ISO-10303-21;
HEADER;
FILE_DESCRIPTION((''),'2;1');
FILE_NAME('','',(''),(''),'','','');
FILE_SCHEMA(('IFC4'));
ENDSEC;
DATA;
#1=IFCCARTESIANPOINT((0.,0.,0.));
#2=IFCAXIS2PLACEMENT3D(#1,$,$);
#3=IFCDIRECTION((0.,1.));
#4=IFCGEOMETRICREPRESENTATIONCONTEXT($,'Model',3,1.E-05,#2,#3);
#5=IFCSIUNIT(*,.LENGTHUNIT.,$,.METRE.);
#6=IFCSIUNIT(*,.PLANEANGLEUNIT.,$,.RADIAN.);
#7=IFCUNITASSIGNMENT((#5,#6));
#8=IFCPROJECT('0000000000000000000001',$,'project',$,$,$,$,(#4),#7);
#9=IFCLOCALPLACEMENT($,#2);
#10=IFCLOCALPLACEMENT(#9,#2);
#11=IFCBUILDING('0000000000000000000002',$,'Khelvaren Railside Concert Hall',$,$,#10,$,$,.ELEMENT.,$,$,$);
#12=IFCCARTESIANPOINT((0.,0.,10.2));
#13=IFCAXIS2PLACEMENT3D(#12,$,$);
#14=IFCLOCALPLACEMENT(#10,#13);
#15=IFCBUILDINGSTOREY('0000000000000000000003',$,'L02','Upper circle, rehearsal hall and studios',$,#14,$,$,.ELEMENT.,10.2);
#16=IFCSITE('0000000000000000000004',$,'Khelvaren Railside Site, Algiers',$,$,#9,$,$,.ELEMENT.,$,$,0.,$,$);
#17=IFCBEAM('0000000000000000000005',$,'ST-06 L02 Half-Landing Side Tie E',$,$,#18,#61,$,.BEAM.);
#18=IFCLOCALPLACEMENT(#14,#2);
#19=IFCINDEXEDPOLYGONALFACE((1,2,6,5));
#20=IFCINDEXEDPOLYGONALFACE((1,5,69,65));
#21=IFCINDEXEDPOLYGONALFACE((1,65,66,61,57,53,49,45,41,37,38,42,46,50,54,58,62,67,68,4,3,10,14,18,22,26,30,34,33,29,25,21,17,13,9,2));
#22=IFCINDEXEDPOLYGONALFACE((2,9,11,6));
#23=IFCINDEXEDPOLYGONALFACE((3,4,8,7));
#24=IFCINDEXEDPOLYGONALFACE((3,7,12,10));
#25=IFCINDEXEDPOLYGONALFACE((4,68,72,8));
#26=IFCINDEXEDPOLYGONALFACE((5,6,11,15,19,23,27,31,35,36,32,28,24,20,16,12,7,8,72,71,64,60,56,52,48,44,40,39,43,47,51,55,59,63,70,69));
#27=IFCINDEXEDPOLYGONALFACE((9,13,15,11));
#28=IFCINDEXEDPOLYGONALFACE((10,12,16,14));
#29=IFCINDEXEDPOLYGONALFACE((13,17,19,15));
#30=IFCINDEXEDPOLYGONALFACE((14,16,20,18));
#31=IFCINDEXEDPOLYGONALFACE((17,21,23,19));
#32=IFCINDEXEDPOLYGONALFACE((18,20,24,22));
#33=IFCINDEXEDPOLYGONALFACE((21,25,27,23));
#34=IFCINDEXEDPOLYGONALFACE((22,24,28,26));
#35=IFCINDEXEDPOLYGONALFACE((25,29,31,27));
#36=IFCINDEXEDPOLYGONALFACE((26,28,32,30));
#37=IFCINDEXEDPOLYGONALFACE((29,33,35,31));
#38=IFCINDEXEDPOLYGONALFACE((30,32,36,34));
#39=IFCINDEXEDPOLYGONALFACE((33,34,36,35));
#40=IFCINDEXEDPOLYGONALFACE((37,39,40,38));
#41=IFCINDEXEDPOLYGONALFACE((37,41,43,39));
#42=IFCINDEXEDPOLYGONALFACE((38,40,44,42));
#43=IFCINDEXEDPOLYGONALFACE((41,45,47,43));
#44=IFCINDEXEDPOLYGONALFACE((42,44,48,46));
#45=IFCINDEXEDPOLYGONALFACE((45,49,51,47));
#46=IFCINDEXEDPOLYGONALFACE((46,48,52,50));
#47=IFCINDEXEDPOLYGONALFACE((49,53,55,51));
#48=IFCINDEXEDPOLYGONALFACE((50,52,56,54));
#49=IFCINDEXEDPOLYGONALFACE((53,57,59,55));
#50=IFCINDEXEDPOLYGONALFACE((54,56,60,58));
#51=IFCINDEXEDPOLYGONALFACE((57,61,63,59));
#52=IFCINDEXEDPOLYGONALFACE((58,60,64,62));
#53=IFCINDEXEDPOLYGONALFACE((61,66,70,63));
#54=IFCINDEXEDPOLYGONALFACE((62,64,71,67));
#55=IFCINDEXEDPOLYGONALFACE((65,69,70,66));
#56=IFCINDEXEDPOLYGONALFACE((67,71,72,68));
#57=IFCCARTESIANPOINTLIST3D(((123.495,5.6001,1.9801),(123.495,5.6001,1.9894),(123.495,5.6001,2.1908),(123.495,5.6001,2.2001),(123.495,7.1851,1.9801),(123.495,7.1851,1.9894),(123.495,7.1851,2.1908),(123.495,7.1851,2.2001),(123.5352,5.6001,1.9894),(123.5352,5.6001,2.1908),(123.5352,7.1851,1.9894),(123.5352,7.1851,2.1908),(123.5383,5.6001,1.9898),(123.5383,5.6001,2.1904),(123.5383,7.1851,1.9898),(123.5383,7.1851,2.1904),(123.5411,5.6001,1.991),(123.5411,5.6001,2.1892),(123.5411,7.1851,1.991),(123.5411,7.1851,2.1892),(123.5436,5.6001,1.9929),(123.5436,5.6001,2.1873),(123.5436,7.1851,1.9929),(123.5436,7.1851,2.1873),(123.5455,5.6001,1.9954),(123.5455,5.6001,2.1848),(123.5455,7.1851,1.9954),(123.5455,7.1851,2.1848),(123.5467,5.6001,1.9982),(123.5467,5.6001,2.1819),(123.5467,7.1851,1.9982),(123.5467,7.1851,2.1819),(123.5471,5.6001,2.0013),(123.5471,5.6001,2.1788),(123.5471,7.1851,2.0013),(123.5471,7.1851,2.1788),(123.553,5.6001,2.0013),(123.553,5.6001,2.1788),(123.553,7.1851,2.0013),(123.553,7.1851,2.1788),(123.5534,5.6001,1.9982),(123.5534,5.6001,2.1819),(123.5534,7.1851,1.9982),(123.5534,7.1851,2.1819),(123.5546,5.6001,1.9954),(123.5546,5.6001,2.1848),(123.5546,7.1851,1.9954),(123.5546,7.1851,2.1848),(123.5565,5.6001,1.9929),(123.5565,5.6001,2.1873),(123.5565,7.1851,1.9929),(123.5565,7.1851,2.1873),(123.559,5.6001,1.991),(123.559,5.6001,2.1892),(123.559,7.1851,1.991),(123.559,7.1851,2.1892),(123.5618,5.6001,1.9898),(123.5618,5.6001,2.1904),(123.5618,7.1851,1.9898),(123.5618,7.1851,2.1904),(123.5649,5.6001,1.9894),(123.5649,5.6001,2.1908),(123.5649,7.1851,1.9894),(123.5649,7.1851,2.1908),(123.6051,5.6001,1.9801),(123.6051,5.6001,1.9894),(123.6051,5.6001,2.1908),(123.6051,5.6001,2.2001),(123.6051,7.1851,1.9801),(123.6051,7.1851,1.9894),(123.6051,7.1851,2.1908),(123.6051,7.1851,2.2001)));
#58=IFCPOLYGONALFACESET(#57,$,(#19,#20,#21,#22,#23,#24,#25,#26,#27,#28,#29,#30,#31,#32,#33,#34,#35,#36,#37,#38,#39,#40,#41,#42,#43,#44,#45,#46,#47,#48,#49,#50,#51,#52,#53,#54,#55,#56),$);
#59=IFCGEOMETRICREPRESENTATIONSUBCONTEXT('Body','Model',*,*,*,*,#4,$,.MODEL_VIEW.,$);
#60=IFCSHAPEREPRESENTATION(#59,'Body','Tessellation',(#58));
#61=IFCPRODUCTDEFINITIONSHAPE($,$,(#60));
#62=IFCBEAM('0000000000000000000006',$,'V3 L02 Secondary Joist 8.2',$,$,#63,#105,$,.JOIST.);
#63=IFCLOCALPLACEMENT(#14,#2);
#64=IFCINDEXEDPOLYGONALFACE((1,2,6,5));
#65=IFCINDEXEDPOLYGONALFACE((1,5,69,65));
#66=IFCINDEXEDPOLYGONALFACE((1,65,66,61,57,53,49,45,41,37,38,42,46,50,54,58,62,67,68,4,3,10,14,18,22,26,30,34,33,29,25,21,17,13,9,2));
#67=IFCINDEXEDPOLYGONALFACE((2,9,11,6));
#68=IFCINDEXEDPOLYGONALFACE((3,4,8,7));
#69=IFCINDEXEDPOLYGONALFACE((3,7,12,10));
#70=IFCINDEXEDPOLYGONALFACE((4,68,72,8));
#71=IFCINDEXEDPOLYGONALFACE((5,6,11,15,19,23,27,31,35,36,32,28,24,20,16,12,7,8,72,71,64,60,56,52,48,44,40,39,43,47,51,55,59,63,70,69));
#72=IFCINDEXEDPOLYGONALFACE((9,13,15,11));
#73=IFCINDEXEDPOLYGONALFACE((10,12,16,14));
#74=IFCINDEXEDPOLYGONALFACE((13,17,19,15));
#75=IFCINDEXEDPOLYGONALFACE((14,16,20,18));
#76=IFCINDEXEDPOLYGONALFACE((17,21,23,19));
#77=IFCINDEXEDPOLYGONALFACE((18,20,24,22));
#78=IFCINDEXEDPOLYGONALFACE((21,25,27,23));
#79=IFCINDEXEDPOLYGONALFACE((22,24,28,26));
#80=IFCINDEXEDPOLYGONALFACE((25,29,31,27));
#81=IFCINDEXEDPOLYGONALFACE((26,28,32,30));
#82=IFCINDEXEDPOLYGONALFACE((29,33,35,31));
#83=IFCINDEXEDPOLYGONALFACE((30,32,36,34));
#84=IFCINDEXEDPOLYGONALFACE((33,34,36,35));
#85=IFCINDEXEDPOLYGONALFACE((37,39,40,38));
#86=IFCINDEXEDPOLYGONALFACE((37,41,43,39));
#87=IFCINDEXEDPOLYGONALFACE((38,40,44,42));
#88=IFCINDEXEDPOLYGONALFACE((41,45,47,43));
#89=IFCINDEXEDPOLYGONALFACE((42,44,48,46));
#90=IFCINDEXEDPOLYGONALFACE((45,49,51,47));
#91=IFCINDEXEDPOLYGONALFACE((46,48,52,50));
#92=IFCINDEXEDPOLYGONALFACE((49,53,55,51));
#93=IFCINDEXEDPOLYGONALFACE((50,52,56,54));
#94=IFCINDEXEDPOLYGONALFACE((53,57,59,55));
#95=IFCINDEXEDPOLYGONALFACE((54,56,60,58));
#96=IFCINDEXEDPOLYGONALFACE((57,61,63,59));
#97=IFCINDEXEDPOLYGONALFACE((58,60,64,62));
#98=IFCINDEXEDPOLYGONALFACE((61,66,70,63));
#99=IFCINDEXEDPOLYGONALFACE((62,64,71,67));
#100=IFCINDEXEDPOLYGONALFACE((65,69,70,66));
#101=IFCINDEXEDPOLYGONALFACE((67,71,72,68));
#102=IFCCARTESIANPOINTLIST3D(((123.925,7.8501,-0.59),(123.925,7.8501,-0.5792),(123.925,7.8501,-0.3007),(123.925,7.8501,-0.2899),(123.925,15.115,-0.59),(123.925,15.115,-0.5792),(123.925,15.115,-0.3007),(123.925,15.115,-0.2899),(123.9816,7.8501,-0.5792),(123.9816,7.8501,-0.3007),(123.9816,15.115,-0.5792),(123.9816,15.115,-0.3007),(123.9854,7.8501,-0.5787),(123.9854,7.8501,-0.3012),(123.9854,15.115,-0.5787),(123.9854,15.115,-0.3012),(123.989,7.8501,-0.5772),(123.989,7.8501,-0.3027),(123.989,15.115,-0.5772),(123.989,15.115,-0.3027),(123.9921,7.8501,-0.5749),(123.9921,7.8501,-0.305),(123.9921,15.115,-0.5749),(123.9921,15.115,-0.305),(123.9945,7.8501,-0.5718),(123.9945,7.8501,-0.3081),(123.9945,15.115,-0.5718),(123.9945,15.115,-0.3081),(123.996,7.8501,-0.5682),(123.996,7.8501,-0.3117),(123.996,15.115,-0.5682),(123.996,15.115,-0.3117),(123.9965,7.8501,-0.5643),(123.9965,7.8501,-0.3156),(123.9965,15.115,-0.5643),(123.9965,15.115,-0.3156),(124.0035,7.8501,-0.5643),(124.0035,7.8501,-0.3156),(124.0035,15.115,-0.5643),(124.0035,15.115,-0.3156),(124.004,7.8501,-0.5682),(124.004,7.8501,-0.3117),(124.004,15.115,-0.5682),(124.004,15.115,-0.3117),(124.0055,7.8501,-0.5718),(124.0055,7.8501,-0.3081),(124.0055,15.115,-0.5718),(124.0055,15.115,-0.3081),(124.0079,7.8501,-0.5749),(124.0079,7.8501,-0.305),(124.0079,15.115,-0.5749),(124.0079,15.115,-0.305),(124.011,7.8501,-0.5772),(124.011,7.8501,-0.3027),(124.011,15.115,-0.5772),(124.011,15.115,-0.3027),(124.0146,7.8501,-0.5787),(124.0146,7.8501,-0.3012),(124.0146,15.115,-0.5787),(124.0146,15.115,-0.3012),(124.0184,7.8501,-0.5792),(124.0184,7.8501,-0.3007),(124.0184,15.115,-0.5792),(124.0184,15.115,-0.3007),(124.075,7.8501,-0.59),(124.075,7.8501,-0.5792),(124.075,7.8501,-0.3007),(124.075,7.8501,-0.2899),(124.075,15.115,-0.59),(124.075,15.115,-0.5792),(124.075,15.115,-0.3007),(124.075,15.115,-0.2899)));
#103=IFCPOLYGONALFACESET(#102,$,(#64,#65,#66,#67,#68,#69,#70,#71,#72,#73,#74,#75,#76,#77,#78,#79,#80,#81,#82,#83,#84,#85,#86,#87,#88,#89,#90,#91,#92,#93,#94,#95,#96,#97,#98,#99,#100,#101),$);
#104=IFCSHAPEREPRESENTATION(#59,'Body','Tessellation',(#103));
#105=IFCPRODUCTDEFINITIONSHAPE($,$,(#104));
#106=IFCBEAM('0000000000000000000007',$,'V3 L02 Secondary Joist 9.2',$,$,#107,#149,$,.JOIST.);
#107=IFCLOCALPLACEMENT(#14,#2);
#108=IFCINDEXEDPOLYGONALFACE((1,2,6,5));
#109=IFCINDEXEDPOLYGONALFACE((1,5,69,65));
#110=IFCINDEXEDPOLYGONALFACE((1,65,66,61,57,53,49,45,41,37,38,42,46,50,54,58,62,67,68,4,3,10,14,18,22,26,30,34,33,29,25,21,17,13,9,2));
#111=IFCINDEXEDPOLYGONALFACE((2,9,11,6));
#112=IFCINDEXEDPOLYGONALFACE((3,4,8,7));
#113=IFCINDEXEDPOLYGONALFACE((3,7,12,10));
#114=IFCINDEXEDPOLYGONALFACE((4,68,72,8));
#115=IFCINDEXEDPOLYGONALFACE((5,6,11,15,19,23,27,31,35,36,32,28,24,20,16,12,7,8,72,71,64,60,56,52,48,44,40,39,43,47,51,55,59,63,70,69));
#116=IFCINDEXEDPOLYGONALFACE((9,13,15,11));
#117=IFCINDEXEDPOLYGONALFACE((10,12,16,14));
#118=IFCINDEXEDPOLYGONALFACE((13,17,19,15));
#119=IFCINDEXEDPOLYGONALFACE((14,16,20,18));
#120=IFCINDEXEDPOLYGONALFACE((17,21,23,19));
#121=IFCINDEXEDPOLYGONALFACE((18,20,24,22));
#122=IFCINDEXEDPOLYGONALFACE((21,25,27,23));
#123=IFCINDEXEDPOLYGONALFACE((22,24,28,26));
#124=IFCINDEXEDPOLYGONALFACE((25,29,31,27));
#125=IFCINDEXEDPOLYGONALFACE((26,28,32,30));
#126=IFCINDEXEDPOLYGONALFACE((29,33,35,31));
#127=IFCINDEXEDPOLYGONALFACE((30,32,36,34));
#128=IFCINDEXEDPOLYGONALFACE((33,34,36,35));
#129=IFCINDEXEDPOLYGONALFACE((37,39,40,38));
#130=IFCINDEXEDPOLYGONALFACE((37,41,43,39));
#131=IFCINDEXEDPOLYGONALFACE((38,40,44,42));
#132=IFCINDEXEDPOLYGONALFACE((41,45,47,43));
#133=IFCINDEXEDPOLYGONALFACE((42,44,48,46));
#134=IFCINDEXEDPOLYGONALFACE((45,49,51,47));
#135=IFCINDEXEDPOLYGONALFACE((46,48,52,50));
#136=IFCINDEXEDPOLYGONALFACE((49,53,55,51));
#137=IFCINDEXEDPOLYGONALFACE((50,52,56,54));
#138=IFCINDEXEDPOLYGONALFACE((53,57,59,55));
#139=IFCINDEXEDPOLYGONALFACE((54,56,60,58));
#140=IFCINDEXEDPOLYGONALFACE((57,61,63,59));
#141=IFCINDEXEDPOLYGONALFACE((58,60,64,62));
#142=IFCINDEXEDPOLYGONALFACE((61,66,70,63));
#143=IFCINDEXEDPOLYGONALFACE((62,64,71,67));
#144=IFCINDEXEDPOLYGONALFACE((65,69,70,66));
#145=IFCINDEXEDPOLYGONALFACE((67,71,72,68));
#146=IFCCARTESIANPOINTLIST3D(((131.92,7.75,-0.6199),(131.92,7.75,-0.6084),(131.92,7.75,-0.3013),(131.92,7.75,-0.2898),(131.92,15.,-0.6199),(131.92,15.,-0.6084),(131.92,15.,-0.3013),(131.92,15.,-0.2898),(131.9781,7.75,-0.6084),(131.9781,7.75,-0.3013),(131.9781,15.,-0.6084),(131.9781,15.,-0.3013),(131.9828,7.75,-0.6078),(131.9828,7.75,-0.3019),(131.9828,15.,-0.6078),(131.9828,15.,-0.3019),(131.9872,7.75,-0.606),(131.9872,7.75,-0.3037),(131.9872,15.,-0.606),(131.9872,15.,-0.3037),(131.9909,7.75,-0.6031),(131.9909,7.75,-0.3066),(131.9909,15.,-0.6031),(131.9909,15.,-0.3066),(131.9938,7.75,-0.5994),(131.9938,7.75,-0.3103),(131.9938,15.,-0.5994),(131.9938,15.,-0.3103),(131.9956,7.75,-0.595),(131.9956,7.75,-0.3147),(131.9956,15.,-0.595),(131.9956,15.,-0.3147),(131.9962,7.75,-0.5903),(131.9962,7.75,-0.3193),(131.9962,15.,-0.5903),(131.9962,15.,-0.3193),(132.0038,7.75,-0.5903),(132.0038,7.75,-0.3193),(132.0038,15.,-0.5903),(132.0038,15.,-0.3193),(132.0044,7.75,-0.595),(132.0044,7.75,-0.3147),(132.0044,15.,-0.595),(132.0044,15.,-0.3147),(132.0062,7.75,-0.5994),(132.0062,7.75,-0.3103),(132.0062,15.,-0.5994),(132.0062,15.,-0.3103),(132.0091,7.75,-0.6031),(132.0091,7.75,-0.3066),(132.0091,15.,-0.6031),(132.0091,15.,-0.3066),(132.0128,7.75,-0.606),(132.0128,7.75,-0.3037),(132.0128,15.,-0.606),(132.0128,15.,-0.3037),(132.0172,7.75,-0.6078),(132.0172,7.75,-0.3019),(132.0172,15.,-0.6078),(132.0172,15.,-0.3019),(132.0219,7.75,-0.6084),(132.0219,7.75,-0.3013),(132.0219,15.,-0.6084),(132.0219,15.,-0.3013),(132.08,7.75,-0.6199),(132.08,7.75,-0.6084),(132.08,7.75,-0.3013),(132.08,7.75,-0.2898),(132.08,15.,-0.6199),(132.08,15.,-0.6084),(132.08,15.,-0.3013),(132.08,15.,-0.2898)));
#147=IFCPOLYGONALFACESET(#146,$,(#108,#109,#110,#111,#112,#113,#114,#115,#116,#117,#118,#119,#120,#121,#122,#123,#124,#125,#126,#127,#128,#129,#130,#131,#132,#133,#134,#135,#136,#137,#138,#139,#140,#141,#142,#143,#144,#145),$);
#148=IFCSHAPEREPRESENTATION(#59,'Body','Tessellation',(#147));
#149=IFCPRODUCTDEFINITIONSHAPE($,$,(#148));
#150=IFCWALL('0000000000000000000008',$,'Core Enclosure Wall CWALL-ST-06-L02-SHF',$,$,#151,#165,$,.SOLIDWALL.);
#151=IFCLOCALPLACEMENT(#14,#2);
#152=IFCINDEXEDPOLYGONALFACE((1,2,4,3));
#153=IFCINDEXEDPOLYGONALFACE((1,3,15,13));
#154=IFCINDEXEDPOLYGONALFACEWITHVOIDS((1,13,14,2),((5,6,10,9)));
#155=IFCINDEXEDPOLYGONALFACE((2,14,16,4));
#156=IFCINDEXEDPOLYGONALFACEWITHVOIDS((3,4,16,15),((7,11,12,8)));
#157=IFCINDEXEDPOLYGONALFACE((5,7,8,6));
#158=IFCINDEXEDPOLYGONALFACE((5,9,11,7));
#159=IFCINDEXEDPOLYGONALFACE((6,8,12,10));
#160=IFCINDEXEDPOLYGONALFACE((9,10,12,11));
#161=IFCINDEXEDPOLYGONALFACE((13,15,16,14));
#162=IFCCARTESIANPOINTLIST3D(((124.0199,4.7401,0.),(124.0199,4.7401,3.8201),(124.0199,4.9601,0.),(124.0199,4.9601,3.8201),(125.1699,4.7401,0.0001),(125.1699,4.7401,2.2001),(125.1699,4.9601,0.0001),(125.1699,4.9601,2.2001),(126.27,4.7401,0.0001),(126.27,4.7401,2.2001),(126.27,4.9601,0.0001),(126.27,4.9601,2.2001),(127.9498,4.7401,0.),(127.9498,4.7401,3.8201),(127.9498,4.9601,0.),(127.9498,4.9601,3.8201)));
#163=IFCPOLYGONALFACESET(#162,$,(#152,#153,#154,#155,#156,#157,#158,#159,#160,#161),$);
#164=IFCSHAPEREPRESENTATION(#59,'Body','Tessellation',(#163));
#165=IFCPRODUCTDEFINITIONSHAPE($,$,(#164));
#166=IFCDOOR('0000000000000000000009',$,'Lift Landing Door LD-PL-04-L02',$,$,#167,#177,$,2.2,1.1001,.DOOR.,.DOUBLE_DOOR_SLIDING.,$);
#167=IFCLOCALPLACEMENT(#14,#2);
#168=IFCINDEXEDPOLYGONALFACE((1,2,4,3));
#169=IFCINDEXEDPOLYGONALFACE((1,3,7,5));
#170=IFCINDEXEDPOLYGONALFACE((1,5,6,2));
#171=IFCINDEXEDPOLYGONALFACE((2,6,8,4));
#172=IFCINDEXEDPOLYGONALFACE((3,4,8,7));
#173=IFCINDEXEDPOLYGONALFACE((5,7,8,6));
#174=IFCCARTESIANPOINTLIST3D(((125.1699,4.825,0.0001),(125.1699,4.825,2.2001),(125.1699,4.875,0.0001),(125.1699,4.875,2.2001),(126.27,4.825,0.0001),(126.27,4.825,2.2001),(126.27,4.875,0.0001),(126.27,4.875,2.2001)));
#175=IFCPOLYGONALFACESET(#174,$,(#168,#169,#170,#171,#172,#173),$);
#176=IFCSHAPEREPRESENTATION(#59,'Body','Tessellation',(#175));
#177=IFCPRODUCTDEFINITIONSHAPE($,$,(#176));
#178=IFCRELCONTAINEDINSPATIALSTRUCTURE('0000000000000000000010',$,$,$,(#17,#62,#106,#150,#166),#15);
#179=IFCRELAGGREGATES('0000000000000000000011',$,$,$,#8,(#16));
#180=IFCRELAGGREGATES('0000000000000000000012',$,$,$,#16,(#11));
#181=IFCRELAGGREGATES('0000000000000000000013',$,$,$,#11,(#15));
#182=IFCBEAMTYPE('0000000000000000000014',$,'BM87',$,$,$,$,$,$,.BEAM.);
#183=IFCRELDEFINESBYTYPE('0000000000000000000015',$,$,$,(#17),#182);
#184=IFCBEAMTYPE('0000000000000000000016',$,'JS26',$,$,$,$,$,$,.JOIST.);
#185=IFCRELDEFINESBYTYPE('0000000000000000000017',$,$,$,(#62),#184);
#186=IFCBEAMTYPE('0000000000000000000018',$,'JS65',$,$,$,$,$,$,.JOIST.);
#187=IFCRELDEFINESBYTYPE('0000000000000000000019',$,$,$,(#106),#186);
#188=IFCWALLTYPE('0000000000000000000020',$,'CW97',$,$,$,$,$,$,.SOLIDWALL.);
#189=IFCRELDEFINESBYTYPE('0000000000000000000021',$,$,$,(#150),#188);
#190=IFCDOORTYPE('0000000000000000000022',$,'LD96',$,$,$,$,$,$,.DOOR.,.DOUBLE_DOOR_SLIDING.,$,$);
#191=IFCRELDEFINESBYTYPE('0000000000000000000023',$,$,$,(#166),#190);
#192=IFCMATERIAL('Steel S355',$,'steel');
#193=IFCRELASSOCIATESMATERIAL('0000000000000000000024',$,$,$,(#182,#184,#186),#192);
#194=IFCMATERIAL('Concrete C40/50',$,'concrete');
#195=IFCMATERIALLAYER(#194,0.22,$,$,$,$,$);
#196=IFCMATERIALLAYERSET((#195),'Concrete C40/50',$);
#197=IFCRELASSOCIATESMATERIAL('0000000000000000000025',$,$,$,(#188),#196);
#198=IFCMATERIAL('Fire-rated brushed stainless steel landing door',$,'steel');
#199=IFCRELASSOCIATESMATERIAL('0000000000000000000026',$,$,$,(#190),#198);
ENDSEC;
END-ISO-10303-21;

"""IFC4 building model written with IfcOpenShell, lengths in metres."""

from ifc_helpers import new_model, si_unit, direction, frame, frame_2d, origin, origin_2d, place, context, subcontext, project, spatial, rectangle, i_section, extrude, material, layer, layer_set, material_profile, profile_set, type_object, element, fill, save


model = new_model("IFC4")

# Units and contexts
model_context = context("Model", 3, precision=1e-05, world=origin(), true_north=direction((0.0, 1.0)))
body_context = subcontext(model_context, "Body", "Model", "MODEL_VIEW")
ifc_project = project(units=[si_unit("LENGTHUNIT", "METRE"), si_unit("PLANEANGLEUNIT", "RADIAN")], contexts=[model_context])

# Site, building, storey
site_placement = place(None, origin())
site = spatial("IfcSite", under=ifc_project, at=site_placement, Name="Khelvaren Railside Site, Algiers", CompositionType="ELEMENT", RefElevation=0.0)
building_placement = place(site_placement, origin())
building = spatial("IfcBuilding", under=site, at=building_placement, Name="Khelvaren Railside Concert Hall", CompositionType="ELEMENT")
storey_placement = place(building_placement, frame((0.0, 0.0, 10.2)))
storey = spatial("IfcBuildingStorey", under=building, at=storey_placement, Name="L02", Description="Upper circle, rehearsal hall and studios", CompositionType="ELEMENT", Elevation=10.2)

# Beams
ifc_material_1 = material(Name="Concrete C40/50", Category="concrete")
ifc_material_2 = material(Name="Steel S355", Category="steel")
ifc_material_profile_1 = material_profile(ifc_material_2, i_section(OverallWidth=0.1101, OverallDepth=0.22, WebThickness=0.0059, FlangeThickness=0.0093, FilletRadius=0.012, at=origin_2d()), Name="IPE 220")
ifc_profile_set_1 = profile_set([ifc_material_profile_1], Name="Steel S355")
beam_type_1 = type_object("IfcBeamType", Name="BM87", PredefinedType="BEAM", material=ifc_profile_set_1)
for number, where, z_axis, x_axis, name in (
    (1, (123.55, 5.6001, 2.0901), (0.0, 1.0, 0.0), (-1.0, 0.0, 0.0), "ST-06 L02 Half-Landing Side Tie E"),
):
    element("IfcBeam", number, at=place(storey_placement, frame(where, z_axis=z_axis, x_axis=x_axis)), inside=storey, type_object=beam_type_1, Name=name, PredefinedType="BEAM", context=body_context, shape_type="SweptSolid", body=[
        extrude(i_section(OverallWidth=0.1101, OverallDepth=0.22, WebThickness=0.0059, FlangeThickness=0.0093, FilletRadius=0.012, at=origin_2d()), origin(), (0.0, 0.0, 1.0), 1.585),
    ])
ifc_material_profile_2 = material_profile(ifc_material_2, i_section(OverallWidth=0.1499, OverallDepth=0.3, WebThickness=0.0071, FlangeThickness=0.0107, FilletRadius=0.0149, at=origin_2d()), Name="IPE 300")
ifc_profile_set_2 = profile_set([ifc_material_profile_2], Name="Steel S355")
beam_type_2 = type_object("IfcBeamType", Name="JS26", PredefinedType="JOIST", material=ifc_profile_set_2)
beam_1_placement = place(storey_placement, frame((124.0, 7.8501, -0.4399), z_axis=(0.0, 1.0, 0.0), x_axis=(-1.0, 0.0, 0.0)))
element("IfcBeam", 2, at=beam_1_placement, inside=storey, type_object=beam_type_2, Name="V3 L02 Secondary Joist 8.2", PredefinedType="JOIST", context=body_context, shape_type="SweptSolid", body=[
    extrude(i_section(OverallWidth=0.1499, OverallDepth=0.3, WebThickness=0.0071, FlangeThickness=0.0107, FilletRadius=0.0149, at=origin_2d()), origin(), (0.0, 0.0, 1.0), 7.2649),
])
ifc_material_profile_3 = material_profile(ifc_material_2, i_section(OverallWidth=0.1599, OverallDepth=0.3301, WebThickness=0.0076, FlangeThickness=0.0115, FilletRadius=0.0181, at=origin_2d()), Name="IPE 330")
ifc_profile_set_3 = profile_set([ifc_material_profile_3], Name="Steel S355")
beam_type_3 = type_object("IfcBeamType", Name="JS65", PredefinedType="JOIST", material=ifc_profile_set_3)
beam_2_placement = place(storey_placement, frame((132.0, 7.75, -0.4548), z_axis=(0.0, 1.0, 0.0), x_axis=(-1.0, 0.0, 0.0)))
element("IfcBeam", 3, at=beam_2_placement, inside=storey, type_object=beam_type_3, Name="V3 L02 Secondary Joist 9.2", PredefinedType="JOIST", context=body_context, shape_type="SweptSolid", body=[
    extrude(i_section(OverallWidth=0.1599, OverallDepth=0.3301, WebThickness=0.0076, FlangeThickness=0.0115, FilletRadius=0.0181, at=origin_2d()), origin(), (0.0, 0.0, 1.0), 7.25),
])

# Wall, opening, door
ifc_layer_1 = layer(ifc_material_1, 0.22)
ifc_layer_set_1 = layer_set([ifc_layer_1], Name="Concrete C40/50")
wall_type_1 = type_object("IfcWallType", Name="CW97", PredefinedType="SOLIDWALL", material=ifc_layer_set_1)
wall_1_placement = place(storey_placement, frame((124.02, 4.8501, 0.0), z_axis=(0.0, 0.0, 1.0), x_axis=(1.0, 0.0, 0.0)))
wall_1 = element("IfcWall", 4, at=wall_1_placement, inside=storey, type_object=wall_type_1, Name="Core Enclosure Wall CWALL-ST-06-L02-SHF", PredefinedType="SOLIDWALL", context=body_context, shape_type="SweptSolid", body=[
    extrude(rectangle(XDim=3.9299, YDim=0.22, at=frame_2d((1.9648, 0.0))), origin(), (0.0, 0.0, 1.0), 3.8201),
])
opening_1_placement = place(wall_1_placement, frame((1.1499, 0.0, 0.0)))
opening_1 = element("IfcOpeningElement", 5, at=opening_1_placement, cuts=wall_1, PredefinedType="OPENING", context=body_context, shape_type="SweptSolid", body=[
    extrude(rectangle(XDim=1.1001, YDim=2.2, at=frame_2d((0.55, 1.1001))), frame((0.0, 0.1199, 0.0), z_axis=(0.0, -1.0, 0.0), x_axis=(1.0, 0.0, 0.0)), (0.0, 0.0, 1.0), 0.24),
])
ifc_material_3 = material(Name="Fire-rated brushed stainless steel landing door", Category="steel")
door_type_1 = type_object("IfcDoorType", Name="LD96", OperationType="DOUBLE_DOOR_SLIDING", PredefinedType="DOOR", material=ifc_material_3)
door_1_placement = place(opening_1_placement, origin())
door_1 = element("IfcDoor", 6, at=door_1_placement, inside=storey, type_object=door_type_1, Name="Lift Landing Door LD-PL-04-L02", OperationType="DOUBLE_DOOR_SLIDING", OverallHeight=2.2, OverallWidth=1.1001, PredefinedType="DOOR", context=body_context, shape_type="SweptSolid", body=[
    extrude(rectangle(XDim=1.1001, YDim=2.2, at=frame_2d((0.55, 1.1001))), frame((0.0, 0.0249, 0.0), z_axis=(0.0, -1.0, 0.0), x_axis=(1.0, 0.0, 0.0)), (0.0, 0.0, 1.0), 0.05),
])
fill(opening_1, door_1)

save(model, "model.ifc")
